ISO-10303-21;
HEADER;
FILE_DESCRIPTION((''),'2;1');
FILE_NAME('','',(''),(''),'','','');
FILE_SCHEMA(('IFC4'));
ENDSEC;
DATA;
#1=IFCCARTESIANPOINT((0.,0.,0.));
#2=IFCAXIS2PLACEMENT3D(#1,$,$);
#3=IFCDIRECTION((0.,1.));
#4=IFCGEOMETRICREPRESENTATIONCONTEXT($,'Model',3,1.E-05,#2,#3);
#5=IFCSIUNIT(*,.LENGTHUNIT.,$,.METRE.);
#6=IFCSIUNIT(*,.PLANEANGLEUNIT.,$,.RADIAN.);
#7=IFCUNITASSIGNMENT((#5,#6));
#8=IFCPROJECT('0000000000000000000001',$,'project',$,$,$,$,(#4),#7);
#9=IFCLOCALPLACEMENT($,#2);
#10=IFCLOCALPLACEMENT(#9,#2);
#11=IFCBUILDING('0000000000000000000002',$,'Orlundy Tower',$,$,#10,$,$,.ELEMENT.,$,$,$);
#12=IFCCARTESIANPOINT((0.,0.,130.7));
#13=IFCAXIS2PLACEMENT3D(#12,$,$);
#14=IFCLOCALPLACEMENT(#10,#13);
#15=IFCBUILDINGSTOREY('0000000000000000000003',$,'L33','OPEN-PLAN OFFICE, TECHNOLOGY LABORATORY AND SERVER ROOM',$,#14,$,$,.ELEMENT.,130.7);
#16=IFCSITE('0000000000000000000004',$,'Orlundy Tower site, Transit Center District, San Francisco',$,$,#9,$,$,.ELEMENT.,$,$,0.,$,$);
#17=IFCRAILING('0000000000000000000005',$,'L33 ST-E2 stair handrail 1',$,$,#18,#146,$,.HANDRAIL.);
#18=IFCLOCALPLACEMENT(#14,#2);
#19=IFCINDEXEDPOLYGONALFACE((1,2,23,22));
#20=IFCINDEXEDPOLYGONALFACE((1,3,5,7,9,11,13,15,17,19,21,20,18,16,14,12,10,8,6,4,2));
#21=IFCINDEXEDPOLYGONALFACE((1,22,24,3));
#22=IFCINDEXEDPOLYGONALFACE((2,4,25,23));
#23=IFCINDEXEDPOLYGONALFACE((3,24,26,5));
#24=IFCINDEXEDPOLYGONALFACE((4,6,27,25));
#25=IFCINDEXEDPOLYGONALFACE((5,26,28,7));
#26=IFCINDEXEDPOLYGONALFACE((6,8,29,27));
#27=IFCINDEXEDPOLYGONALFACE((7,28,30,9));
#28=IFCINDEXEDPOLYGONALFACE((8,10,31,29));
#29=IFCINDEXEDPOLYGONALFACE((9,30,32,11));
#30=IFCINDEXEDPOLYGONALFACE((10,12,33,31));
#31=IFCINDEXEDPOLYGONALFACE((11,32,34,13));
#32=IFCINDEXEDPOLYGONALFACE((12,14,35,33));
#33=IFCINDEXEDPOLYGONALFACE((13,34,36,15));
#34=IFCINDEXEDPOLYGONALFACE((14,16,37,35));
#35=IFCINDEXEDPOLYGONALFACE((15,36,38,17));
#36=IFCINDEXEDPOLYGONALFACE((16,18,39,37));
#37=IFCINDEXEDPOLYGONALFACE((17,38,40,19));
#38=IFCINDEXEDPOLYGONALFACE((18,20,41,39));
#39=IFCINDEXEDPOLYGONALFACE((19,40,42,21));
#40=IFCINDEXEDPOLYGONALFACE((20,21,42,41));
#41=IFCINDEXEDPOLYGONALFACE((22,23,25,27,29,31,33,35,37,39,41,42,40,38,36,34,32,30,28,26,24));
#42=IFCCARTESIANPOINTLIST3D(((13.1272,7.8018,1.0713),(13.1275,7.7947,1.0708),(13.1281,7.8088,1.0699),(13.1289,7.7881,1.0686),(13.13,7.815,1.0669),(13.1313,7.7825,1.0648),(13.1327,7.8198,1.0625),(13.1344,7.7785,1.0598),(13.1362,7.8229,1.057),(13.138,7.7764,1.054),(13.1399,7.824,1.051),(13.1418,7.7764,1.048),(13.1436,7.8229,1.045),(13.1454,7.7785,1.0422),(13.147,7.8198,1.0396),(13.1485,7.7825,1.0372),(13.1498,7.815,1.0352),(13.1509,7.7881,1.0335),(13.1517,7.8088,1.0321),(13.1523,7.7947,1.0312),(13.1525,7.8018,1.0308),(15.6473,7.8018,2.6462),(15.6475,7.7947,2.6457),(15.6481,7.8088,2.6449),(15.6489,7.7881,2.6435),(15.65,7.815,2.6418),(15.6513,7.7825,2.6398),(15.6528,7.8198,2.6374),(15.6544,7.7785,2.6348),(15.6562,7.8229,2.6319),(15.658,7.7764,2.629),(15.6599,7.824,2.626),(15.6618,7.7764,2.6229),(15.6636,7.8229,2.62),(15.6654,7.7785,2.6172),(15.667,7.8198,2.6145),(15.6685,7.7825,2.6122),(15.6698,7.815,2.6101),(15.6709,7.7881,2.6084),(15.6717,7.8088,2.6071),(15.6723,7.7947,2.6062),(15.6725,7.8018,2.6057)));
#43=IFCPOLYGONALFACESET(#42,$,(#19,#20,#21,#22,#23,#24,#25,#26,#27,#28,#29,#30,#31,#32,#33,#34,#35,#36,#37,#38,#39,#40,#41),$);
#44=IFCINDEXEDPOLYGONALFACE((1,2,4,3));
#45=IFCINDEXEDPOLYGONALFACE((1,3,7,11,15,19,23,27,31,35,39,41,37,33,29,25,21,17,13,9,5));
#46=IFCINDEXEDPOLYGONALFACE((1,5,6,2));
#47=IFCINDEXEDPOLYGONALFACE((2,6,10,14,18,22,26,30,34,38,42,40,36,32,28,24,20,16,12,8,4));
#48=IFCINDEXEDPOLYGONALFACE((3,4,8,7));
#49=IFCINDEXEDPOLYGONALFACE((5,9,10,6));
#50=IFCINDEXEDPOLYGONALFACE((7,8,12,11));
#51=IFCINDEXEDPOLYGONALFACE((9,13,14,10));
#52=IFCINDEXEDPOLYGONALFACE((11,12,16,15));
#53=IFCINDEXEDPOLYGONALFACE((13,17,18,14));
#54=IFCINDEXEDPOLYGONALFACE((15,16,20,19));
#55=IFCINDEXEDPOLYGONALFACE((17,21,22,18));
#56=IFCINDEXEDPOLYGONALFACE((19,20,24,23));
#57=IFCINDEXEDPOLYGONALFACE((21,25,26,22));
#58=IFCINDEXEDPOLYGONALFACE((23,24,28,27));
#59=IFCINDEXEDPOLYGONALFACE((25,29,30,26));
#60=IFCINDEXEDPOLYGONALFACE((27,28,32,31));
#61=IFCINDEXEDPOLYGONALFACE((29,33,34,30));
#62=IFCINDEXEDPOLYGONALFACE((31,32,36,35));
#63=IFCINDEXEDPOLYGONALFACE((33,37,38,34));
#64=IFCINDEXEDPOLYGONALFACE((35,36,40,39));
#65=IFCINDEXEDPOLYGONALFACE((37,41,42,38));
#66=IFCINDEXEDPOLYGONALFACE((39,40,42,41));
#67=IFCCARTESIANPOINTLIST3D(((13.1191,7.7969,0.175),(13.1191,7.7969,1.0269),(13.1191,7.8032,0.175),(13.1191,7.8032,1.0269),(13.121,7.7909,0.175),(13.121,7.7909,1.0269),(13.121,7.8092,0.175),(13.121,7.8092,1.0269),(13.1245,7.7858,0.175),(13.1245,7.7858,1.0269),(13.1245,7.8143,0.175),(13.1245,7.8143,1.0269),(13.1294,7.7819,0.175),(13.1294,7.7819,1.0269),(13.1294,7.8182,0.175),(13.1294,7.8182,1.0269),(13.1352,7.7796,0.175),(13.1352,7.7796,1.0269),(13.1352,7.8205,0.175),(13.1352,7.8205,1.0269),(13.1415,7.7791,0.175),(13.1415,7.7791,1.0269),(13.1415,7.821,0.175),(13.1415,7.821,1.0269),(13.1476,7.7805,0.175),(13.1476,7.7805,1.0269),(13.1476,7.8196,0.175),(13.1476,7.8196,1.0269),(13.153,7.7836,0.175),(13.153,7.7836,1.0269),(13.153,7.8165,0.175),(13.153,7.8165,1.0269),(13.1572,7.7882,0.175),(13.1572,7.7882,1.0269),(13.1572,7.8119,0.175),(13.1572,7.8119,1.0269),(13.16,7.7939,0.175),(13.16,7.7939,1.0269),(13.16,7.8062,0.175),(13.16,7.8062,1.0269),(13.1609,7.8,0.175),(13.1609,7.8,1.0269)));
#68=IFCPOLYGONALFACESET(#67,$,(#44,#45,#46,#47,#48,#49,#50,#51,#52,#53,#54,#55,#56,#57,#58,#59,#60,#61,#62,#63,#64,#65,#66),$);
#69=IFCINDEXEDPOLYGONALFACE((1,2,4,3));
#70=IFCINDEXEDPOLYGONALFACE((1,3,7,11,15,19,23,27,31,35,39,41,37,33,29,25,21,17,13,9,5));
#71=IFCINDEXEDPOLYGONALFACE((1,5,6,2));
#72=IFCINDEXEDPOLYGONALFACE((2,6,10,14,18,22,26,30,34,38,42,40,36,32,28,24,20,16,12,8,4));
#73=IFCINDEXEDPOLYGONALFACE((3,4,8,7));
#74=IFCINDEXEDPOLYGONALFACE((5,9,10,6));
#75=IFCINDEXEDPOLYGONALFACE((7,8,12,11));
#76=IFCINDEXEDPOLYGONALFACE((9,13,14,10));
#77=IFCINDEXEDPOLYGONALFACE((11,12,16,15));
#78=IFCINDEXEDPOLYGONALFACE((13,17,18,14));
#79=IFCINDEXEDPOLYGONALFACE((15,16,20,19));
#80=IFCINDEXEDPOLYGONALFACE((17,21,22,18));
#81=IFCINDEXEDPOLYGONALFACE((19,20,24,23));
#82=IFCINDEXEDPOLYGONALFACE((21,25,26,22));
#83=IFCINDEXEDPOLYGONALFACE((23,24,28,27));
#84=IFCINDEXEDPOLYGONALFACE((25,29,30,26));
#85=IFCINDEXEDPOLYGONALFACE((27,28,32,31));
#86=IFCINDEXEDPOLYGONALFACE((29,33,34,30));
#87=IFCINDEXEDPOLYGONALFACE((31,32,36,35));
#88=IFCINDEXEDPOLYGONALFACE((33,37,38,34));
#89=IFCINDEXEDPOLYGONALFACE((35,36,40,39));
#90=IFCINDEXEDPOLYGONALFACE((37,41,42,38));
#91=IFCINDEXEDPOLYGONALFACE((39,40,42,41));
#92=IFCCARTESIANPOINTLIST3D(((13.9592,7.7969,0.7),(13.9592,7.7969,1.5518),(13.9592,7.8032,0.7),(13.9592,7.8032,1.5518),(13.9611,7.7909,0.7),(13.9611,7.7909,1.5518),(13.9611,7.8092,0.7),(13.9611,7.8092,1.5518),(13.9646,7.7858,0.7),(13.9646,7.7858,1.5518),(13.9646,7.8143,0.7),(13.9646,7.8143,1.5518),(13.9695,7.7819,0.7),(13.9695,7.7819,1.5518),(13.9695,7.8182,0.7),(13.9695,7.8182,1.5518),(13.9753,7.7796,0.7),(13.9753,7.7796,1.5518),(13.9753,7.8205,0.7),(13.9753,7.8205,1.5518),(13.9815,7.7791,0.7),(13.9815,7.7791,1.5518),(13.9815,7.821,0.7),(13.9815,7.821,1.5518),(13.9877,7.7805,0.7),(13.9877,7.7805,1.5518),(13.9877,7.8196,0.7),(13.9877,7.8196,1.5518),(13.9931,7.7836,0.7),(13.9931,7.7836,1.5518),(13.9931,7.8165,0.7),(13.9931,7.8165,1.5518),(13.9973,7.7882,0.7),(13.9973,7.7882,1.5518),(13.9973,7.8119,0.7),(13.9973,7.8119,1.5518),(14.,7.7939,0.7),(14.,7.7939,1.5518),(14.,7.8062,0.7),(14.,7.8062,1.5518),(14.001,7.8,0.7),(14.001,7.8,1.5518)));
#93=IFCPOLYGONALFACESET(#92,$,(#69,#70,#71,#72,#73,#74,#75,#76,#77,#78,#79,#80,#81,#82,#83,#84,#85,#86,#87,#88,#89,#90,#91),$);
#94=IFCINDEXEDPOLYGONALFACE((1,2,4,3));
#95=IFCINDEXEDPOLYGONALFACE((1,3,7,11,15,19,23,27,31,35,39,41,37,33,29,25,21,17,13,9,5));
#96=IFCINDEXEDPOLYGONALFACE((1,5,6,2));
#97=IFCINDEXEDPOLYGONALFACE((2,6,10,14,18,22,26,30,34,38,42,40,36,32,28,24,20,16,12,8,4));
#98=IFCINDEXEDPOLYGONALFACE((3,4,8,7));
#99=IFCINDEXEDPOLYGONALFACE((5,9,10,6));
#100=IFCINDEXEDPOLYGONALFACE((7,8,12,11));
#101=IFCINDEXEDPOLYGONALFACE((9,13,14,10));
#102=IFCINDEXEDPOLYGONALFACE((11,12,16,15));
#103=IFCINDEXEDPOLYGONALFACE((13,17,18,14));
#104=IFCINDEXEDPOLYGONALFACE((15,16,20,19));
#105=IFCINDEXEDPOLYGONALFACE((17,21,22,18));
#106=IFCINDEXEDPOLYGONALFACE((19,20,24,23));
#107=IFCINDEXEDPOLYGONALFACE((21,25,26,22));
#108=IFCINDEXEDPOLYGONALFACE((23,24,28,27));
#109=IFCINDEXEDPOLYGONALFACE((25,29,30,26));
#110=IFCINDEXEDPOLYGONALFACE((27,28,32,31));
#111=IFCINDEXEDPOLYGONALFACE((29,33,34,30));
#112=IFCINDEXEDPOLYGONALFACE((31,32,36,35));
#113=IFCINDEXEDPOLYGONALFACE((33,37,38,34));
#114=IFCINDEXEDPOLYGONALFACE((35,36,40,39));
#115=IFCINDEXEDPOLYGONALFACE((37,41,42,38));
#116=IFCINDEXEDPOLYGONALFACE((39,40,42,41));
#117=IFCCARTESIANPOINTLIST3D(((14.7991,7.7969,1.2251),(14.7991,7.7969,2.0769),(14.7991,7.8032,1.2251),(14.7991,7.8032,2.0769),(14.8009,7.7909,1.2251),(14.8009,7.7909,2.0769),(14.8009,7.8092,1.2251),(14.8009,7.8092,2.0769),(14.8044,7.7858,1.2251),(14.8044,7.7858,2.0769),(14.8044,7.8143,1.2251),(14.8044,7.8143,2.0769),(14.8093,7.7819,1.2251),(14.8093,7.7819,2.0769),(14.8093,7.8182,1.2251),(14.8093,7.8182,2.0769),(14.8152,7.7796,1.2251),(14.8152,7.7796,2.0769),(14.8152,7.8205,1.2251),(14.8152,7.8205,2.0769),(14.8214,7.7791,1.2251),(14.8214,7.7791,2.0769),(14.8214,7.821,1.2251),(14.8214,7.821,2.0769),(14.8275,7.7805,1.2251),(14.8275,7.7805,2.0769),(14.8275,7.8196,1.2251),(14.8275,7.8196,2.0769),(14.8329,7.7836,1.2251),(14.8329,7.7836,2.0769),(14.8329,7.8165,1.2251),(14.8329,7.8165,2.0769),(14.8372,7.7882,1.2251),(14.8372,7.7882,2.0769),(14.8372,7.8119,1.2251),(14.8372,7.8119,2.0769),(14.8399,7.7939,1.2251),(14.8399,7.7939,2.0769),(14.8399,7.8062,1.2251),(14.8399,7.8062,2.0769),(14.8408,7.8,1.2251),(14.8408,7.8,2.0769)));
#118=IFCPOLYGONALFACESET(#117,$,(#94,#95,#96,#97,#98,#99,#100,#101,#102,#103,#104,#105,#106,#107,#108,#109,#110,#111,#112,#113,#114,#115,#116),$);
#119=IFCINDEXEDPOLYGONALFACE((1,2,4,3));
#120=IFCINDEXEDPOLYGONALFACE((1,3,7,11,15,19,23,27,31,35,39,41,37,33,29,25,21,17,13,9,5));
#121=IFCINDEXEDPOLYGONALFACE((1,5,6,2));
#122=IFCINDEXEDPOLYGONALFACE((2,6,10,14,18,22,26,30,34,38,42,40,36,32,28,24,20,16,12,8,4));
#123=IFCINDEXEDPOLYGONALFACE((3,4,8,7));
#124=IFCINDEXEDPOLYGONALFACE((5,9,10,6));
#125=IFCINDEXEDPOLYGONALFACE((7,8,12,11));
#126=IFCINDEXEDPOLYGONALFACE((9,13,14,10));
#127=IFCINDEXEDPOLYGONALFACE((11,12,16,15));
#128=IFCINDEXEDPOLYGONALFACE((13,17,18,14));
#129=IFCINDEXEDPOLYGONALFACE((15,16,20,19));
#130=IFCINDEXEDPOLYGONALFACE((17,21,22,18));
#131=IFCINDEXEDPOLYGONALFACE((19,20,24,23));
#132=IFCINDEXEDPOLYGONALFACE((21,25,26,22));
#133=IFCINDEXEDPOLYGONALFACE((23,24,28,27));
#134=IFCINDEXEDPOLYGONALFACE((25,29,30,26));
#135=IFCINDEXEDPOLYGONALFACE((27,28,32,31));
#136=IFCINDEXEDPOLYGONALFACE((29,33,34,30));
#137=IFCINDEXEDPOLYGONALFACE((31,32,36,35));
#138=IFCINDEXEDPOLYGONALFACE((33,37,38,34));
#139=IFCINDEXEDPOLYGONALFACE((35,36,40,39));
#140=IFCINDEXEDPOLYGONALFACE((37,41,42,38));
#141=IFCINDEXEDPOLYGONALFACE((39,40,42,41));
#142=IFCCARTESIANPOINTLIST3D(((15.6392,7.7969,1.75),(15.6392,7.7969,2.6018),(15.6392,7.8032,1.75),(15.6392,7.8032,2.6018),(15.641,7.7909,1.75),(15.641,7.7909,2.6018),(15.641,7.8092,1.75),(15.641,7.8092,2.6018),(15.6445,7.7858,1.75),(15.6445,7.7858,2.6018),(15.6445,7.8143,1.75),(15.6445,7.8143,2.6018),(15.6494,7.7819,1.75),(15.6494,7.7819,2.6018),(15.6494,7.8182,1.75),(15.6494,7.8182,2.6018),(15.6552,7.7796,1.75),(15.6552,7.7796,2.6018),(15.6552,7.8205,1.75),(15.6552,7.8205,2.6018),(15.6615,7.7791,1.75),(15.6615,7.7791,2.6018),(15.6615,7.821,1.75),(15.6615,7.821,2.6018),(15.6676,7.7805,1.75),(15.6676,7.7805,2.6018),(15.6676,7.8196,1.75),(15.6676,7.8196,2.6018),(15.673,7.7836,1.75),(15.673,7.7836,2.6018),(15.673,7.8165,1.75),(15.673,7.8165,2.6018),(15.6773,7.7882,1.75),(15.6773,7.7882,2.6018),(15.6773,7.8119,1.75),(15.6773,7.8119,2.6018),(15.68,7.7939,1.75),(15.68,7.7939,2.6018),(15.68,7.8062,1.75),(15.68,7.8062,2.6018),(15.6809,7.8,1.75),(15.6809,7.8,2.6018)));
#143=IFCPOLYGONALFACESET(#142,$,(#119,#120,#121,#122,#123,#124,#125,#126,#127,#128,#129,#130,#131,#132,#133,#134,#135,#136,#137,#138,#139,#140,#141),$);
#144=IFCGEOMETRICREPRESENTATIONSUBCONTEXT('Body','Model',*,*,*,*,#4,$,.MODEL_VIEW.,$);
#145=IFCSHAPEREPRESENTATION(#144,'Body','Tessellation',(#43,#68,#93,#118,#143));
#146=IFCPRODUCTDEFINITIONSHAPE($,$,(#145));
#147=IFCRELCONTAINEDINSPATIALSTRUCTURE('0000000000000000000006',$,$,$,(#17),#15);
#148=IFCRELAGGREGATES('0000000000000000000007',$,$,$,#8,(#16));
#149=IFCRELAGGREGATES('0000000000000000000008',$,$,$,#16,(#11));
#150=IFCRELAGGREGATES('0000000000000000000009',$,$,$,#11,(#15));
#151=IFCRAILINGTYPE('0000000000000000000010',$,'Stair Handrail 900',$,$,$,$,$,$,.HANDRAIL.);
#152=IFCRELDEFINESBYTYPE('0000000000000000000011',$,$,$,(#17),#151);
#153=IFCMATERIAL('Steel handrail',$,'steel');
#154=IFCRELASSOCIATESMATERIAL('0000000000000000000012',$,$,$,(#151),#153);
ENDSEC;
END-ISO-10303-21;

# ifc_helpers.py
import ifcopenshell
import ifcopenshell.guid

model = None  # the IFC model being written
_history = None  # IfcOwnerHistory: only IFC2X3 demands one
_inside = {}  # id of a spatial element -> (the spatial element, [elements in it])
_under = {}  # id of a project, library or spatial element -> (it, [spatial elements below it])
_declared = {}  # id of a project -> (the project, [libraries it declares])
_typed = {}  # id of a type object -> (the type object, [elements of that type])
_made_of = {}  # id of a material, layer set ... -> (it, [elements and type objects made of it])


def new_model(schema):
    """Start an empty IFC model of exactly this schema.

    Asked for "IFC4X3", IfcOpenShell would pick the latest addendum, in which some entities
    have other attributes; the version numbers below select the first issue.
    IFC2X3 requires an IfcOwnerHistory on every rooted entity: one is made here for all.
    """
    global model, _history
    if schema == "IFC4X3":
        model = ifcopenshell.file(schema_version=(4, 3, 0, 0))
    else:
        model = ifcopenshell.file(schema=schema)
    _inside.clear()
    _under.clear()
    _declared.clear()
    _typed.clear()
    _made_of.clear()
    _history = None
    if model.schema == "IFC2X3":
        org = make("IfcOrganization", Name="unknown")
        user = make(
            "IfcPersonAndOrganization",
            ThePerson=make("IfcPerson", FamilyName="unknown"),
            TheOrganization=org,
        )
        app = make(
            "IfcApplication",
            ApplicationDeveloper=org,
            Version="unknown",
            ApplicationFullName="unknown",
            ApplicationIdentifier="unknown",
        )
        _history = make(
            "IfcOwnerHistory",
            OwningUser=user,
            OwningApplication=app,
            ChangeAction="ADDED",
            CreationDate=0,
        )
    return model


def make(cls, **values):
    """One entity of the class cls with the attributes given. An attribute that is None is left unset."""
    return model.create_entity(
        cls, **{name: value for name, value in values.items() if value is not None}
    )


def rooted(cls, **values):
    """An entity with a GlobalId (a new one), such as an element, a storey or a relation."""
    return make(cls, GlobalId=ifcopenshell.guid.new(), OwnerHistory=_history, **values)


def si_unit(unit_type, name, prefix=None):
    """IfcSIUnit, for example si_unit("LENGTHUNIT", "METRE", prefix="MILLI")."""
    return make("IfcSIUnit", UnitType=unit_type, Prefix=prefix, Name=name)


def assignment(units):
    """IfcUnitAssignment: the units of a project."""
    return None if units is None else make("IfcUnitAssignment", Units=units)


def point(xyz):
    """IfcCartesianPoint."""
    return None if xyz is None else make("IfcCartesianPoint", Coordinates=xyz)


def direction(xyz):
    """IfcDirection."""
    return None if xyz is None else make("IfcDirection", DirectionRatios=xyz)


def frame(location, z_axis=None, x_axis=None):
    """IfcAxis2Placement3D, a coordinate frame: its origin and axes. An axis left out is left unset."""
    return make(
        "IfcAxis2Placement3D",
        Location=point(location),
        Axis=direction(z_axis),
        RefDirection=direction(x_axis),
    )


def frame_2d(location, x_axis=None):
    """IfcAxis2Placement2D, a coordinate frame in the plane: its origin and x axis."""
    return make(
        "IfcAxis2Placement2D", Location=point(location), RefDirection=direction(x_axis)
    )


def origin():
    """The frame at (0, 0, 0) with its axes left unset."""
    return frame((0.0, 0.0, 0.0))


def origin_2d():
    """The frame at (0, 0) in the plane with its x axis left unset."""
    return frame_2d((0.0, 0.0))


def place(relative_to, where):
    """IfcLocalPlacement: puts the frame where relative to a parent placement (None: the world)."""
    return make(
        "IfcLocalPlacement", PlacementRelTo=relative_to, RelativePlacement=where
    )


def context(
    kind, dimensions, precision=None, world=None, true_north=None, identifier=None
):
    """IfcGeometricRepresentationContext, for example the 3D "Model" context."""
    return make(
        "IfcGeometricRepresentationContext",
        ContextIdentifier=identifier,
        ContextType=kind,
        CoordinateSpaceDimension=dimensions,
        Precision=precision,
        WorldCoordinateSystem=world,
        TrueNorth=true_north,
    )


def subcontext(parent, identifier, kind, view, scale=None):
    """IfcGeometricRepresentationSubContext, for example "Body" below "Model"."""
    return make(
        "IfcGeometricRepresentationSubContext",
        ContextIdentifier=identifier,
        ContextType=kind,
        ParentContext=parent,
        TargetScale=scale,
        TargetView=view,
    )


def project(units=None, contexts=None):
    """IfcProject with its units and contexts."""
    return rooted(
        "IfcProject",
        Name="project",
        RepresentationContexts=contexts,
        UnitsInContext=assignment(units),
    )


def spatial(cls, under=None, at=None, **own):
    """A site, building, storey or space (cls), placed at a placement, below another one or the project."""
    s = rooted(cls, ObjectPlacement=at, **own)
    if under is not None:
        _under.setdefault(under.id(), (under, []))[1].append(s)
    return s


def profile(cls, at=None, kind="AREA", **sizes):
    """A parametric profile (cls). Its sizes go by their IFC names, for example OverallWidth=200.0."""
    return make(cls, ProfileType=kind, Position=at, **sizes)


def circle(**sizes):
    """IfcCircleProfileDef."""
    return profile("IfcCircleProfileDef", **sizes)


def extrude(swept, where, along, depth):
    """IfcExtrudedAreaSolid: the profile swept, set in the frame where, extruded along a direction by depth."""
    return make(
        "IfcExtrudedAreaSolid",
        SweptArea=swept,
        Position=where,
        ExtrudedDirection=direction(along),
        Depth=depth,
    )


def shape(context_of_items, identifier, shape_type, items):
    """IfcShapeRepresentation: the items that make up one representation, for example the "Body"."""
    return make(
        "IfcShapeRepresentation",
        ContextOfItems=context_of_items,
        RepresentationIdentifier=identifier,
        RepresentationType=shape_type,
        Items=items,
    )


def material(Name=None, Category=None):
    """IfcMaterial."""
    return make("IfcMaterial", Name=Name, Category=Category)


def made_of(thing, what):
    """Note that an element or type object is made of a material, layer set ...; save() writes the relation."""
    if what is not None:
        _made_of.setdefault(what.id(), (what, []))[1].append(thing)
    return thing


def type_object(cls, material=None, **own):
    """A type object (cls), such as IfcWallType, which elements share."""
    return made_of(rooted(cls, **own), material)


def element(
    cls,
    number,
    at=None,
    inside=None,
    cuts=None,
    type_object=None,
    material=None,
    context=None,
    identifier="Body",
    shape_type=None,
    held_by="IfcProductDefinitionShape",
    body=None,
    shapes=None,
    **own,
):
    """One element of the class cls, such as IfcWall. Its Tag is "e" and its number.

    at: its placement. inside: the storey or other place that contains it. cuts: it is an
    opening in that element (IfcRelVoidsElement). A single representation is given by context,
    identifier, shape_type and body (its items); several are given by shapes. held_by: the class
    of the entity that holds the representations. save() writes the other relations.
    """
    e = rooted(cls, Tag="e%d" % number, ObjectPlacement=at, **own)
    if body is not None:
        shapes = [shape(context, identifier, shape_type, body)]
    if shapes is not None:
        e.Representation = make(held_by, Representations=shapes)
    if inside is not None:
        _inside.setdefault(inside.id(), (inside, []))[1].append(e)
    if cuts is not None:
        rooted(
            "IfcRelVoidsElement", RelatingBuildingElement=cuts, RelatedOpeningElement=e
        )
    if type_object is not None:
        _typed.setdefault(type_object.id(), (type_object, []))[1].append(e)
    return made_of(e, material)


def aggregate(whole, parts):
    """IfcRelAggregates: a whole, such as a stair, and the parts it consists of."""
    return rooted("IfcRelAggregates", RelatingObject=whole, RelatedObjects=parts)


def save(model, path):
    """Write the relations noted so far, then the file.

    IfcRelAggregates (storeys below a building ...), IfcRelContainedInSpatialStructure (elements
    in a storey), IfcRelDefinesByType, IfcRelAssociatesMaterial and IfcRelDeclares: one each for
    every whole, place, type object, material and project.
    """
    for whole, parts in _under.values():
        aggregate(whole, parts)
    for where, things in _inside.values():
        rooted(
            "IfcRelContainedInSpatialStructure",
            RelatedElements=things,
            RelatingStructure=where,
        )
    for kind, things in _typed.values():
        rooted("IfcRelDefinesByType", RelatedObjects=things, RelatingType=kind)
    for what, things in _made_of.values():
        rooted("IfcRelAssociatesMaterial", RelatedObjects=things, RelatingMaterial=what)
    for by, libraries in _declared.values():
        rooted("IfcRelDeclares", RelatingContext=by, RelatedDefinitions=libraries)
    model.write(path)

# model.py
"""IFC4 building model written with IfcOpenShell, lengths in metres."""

from ifc_helpers import new_model, si_unit, direction, frame, origin, origin_2d, place, context, subcontext, project, spatial, circle, extrude, material, type_object, element, save


model = new_model("IFC4")

# Units and contexts
model_context = context("Model", 3, precision=1e-05, world=origin(), true_north=direction((0.0, 1.0)))
body_context = subcontext(model_context, "Body", "Model", "MODEL_VIEW")
ifc_project = project(units=[si_unit("LENGTHUNIT", "METRE"), si_unit("PLANEANGLEUNIT", "RADIAN")], contexts=[model_context])

# Site, building, storey
site_placement = place(None, origin())
site = spatial("IfcSite", under=ifc_project, at=site_placement, Name="Orlundy Tower site, Transit Center District, San Francisco", CompositionType="ELEMENT", RefElevation=0.0)
building_placement = place(site_placement, origin())
building = spatial("IfcBuilding", under=site, at=building_placement, Name="Orlundy Tower", CompositionType="ELEMENT")
storey_placement = place(building_placement, frame((0.0, 0.0, 130.7)))
storey = spatial("IfcBuildingStorey", under=building, at=storey_placement, Name="L33", Description="OPEN-PLAN OFFICE, TECHNOLOGY LABORATORY AND SERVER ROOM", CompositionType="ELEMENT", Elevation=130.7)

# Railing
ifc_material_1 = material(Name="Steel handrail", Category="steel")
railing_type_1 = type_object("IfcRailingType", Name="Stair Handrail 900", PredefinedType="HANDRAIL", material=ifc_material_1)
railing_1_placement = place(storey_placement, frame((13.1399, 7.8, 0.175)))
element("IfcRailing", 1, at=railing_1_placement, inside=storey, type_object=railing_type_1, Name="L33 ST-E2 stair handrail 1", PredefinedType="HANDRAIL", context=body_context, shape_type="SweptSolid", body=[
    extrude(circle(Radius=0.0239, at=origin_2d()), frame((0.0, 0.0, 0.876), z_axis=(0.848008, 0.0, 0.529984), x_axis=(0.0, 1.0, 0.0)), (0.0, 0.0, 1.0), 2.9717),
    extrude(circle(Radius=0.021, at=origin_2d()), origin(), (0.0, 0.0, 1.0), 0.8518),
    extrude(circle(Radius=0.021, at=origin_2d()), frame((0.8401, 0.0, 0.5249)), (0.0, 0.0, 1.0), 0.8518),
    extrude(circle(Radius=0.021, at=origin_2d()), frame((1.6799, 0.0, 1.05)), (0.0, 0.0, 1.0), 0.8518),
    extrude(circle(Radius=0.021, at=origin_2d()), frame((2.52, 0.0, 1.575)), (0.0, 0.0, 1.0), 0.8518),
])

save(model, "model.ifc")
